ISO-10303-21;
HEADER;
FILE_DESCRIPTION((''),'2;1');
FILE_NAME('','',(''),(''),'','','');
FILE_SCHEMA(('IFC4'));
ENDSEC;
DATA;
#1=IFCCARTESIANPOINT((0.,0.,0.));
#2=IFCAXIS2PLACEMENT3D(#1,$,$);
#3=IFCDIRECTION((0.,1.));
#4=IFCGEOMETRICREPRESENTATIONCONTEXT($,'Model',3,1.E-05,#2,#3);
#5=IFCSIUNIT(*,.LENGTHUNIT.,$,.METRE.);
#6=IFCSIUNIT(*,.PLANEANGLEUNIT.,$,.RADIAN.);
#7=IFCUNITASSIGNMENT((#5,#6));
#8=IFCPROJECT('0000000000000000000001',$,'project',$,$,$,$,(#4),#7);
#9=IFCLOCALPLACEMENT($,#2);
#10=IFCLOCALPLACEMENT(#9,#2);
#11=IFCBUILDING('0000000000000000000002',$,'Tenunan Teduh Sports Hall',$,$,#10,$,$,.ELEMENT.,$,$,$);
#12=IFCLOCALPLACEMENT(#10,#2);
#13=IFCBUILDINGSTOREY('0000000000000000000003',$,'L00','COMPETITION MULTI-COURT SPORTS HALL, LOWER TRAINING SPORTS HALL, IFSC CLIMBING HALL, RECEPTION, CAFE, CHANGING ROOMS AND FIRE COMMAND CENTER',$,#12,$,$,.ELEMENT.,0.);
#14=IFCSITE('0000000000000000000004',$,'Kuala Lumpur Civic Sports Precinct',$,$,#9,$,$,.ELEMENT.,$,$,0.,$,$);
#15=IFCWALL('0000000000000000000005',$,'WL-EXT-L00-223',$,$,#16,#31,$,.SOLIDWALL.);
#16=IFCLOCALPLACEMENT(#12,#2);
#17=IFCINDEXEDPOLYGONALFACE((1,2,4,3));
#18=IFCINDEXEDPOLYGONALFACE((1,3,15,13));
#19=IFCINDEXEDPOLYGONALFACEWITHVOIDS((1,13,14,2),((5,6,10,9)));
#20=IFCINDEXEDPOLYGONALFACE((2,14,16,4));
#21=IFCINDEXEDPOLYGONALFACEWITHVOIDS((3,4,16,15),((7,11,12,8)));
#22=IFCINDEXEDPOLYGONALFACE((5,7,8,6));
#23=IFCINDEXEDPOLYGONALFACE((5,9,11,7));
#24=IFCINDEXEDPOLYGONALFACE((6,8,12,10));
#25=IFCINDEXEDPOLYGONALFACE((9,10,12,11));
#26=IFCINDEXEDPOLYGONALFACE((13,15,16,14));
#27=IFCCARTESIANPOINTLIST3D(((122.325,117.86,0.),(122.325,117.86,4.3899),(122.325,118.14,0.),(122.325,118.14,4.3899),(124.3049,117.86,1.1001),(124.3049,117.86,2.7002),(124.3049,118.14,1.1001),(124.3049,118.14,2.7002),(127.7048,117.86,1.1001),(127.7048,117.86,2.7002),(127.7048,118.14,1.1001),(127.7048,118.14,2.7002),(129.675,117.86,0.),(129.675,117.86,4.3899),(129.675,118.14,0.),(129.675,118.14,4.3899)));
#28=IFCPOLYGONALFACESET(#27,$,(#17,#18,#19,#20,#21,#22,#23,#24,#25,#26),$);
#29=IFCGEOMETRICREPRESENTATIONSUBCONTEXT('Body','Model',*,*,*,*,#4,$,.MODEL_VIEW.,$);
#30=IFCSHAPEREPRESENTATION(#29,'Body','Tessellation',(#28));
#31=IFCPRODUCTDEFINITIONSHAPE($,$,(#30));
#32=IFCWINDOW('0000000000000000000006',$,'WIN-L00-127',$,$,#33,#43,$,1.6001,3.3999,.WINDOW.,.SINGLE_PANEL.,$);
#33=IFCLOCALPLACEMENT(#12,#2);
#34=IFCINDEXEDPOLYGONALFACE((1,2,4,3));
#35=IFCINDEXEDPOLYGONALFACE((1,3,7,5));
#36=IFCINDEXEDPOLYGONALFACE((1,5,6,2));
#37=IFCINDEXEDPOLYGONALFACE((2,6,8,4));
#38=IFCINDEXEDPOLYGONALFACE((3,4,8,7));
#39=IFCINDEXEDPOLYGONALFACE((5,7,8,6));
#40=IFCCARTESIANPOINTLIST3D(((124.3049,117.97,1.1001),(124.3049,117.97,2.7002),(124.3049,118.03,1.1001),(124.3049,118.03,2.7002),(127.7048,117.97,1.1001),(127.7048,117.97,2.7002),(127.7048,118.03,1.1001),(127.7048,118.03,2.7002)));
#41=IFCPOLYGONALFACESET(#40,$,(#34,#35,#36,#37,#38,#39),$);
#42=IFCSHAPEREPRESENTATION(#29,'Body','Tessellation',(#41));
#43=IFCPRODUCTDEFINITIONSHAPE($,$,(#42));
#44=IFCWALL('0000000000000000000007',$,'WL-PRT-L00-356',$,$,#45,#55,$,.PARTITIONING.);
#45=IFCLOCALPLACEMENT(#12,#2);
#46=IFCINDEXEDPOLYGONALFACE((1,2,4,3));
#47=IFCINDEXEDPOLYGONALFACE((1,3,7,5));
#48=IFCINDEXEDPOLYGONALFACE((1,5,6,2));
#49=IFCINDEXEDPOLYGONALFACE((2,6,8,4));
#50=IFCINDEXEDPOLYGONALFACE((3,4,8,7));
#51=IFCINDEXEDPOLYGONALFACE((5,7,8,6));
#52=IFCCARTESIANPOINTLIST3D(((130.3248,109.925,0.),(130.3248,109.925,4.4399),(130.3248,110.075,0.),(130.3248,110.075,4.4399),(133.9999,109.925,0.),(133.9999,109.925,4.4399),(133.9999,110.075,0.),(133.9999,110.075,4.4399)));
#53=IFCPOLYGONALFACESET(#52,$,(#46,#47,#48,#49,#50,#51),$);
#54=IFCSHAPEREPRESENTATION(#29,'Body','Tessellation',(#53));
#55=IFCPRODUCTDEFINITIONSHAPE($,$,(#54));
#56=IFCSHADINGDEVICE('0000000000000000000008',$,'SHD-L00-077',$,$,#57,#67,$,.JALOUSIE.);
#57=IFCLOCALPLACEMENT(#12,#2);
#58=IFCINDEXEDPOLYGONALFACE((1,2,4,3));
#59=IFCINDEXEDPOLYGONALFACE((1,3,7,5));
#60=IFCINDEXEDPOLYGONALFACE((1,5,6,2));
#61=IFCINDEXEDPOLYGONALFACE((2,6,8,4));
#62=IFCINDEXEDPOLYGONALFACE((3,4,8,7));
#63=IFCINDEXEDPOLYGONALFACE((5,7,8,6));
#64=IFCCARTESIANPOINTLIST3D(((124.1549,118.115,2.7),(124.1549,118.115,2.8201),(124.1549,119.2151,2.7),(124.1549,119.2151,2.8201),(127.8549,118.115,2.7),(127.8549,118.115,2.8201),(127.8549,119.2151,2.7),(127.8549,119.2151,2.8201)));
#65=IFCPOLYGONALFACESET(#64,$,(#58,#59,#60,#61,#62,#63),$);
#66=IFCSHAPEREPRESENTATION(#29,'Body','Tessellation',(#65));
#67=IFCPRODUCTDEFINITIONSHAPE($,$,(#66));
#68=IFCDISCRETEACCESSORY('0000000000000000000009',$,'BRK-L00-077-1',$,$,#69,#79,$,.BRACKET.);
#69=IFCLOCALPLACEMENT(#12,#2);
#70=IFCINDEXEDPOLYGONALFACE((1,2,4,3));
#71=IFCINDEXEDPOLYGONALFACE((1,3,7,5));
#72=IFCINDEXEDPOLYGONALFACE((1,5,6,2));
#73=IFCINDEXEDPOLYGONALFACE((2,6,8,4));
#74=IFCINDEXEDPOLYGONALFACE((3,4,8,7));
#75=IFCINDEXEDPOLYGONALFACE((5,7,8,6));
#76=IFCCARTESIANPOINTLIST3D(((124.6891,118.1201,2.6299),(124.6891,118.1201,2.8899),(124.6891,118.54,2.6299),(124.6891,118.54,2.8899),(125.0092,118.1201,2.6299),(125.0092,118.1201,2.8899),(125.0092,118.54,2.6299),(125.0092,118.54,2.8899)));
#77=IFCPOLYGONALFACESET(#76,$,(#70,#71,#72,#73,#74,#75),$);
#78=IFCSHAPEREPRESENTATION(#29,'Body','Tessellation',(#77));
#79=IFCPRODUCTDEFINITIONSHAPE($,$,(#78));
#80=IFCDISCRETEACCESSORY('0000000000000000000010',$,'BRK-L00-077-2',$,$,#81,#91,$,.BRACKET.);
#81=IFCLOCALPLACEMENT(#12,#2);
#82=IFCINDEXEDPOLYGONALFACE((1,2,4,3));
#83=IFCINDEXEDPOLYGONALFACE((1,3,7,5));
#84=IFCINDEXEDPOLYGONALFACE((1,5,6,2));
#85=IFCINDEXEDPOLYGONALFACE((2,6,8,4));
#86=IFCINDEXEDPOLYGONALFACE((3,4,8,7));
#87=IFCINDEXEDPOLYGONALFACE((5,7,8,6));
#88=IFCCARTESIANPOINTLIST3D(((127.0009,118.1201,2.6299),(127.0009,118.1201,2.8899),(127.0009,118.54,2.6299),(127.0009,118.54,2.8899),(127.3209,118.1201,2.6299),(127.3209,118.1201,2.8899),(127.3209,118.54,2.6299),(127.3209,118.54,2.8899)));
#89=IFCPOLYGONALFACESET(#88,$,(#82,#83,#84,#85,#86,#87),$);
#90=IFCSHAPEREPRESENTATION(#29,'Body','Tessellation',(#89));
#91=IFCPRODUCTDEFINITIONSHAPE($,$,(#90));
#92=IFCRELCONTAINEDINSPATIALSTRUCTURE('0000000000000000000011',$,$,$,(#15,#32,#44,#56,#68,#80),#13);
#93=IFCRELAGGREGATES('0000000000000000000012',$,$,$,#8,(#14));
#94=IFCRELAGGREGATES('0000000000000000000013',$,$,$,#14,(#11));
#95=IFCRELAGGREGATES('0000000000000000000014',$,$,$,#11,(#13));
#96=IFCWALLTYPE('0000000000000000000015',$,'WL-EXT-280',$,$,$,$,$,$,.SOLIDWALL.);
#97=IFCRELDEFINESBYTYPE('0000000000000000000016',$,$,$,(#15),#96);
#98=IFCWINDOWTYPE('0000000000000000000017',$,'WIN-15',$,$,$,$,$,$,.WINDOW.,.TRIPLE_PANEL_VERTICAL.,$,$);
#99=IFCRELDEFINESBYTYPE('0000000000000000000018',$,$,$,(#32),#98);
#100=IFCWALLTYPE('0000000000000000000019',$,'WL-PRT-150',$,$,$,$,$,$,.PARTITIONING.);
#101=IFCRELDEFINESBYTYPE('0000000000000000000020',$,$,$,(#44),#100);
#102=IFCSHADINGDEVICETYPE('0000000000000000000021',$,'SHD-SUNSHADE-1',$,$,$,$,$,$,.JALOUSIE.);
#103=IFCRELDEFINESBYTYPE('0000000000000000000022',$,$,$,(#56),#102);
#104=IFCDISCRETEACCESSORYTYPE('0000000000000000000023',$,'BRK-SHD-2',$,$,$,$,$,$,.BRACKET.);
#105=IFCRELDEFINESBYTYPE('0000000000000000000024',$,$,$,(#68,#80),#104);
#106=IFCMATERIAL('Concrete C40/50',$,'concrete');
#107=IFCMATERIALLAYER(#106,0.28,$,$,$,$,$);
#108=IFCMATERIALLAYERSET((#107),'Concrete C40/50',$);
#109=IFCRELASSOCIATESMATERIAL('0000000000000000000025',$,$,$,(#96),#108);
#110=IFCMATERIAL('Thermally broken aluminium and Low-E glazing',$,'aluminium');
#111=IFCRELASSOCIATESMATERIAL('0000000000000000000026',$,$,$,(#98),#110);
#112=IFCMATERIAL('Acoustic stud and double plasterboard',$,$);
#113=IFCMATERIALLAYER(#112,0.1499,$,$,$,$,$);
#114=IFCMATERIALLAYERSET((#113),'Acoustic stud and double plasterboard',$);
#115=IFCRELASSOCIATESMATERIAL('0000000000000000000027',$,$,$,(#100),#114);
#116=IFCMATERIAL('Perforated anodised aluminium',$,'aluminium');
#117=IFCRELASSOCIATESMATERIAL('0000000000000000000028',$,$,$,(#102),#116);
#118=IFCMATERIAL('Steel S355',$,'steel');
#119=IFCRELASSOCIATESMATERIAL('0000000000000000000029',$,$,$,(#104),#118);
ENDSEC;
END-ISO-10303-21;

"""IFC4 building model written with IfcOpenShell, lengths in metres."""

from ifc_helpers import new_model, si_unit, direction, frame, frame_2d, origin, origin_2d, place, context, subcontext, project, spatial, rectangle, extrude, material, layer, layer_set, type_object, element, fill, save


model = new_model("IFC4")

# Units and contexts
model_context = context("Model", 3, precision=1e-05, world=origin(), true_north=direction((0.0, 1.0)))
body_context = subcontext(model_context, "Body", "Model", "MODEL_VIEW")
ifc_project = project(units=[si_unit("LENGTHUNIT", "METRE"), si_unit("PLANEANGLEUNIT", "RADIAN")], contexts=[model_context])

# Site, building, storey
site_placement = place(None, origin())
site = spatial("IfcSite", under=ifc_project, at=site_placement, Name="Kuala Lumpur Civic Sports Precinct", CompositionType="ELEMENT", RefElevation=0.0)
building_placement = place(site_placement, origin())
building = spatial("IfcBuilding", under=site, at=building_placement, Name="Tenunan Teduh Sports Hall", CompositionType="ELEMENT")
storey_placement = place(building_placement, origin())
storey = spatial("IfcBuildingStorey", under=building, at=storey_placement, Name="L00", Description="COMPETITION MULTI-COURT SPORTS HALL, LOWER TRAINING SPORTS HALL, IFSC CLIMBING HALL, RECEPTION, CAFE, CHANGING ROOMS AND FIRE COMMAND CENTER", CompositionType="ELEMENT", Elevation=0.0)

# Wall, opening, window
ifc_material_1 = material(Name="Concrete C40/50", Category="concrete")
ifc_layer_1 = layer(ifc_material_1, 0.28)
ifc_layer_set_1 = layer_set([ifc_layer_1], Name="Concrete C40/50")
wall_type_1 = type_object("IfcWallType", Name="WL-EXT-280", PredefinedType="SOLIDWALL", material=ifc_layer_set_1)
wall_1_placement = place(storey_placement, frame((122.325, 118.0, 0.0), z_axis=(0.0, 0.0, 1.0), x_axis=(1.0, 0.0, 0.0)))
wall_1 = element("IfcWall", 1, at=wall_1_placement, inside=storey, type_object=wall_type_1, Name="WL-EXT-L00-223", PredefinedType="SOLIDWALL", context=body_context, shape_type="SweptSolid", body=[
    extrude(rectangle(XDim=7.3501, YDim=0.28, at=frame_2d((3.675, 0.0))), origin(), (0.0, 0.0, 1.0), 4.3899),
])
opening_placement = place(wall_1_placement, frame((1.98, 0.0, 1.1001)))
opening = element("IfcOpeningElement", 2, at=opening_placement, cuts=wall_1, PredefinedType="OPENING", context=body_context, shape_type="SweptSolid", body=[
    extrude(rectangle(XDim=3.3999, YDim=1.6001, at=frame_2d((1.7, 0.8))), frame((0.0, 0.1499, 0.0), z_axis=(0.0, -1.0, 0.0), x_axis=(1.0, 0.0, 0.0)), (0.0, 0.0, 1.0), 0.3),
])
ifc_material_2 = material(Name="Thermally broken aluminium and Low-E glazing", Category="aluminium")
window_type = type_object("IfcWindowType", Name="WIN-15", PartitioningType="TRIPLE_PANEL_VERTICAL", PredefinedType="WINDOW", material=ifc_material_2)
window_placement = place(opening_placement, origin())
window = element("IfcWindow", 3, at=window_placement, inside=storey, type_object=window_type, Name="WIN-L00-127", OverallHeight=1.6001, OverallWidth=3.3999, PartitioningType="SINGLE_PANEL", PredefinedType="WINDOW", context=body_context, shape_type="SweptSolid", body=[
    extrude(rectangle(XDim=3.3999, YDim=1.6001, at=frame_2d((1.7, 0.8))), frame((0.0, 0.03, 0.0), z_axis=(0.0, -1.0, 0.0), x_axis=(1.0, 0.0, 0.0)), (0.0, 0.0, 1.0), 0.0601),
])
fill(opening, window)

# Wall
ifc_material_3 = material(Name="Acoustic stud and double plasterboard")
ifc_layer_2 = layer(ifc_material_3, 0.1499)
ifc_layer_set_2 = layer_set([ifc_layer_2], Name="Acoustic stud and double plasterboard")
wall_type_2 = type_object("IfcWallType", Name="WL-PRT-150", PredefinedType="PARTITIONING", material=ifc_layer_set_2)
wall_2_placement = place(storey_placement, frame((130.325, 110.0, 0.0), z_axis=(0.0, 0.0, 1.0), x_axis=(1.0, 0.0, 0.0)))
element("IfcWall", 4, at=wall_2_placement, inside=storey, type_object=wall_type_2, Name="WL-PRT-L00-356", PredefinedType="PARTITIONING", context=body_context, shape_type="SweptSolid", body=[
    extrude(rectangle(XDim=3.675, YDim=0.1499, at=frame_2d((1.8374, 0.0))), origin(), (0.0, 0.0, 1.0), 4.4399),
])

# Shading device
ifc_material_4 = material(Name="Perforated anodised aluminium", Category="aluminium")
shading_device_type = type_object("IfcShadingDeviceType", Name="SHD-SUNSHADE-1", PredefinedType="JALOUSIE", material=ifc_material_4)
shading_device_placement = place(storey_placement, frame((126.0049, 118.665, 2.7), z_axis=(0.0, 0.0, 1.0), x_axis=(1.0, 0.0, 0.0)))
element("IfcShadingDevice", 5, at=shading_device_placement, inside=storey, type_object=shading_device_type, Name="SHD-L00-077", PredefinedType="JALOUSIE", context=body_context, shape_type="SweptSolid", body=[
    extrude(rectangle(XDim=3.7, YDim=1.1001, at=origin_2d()), origin(), (0.0, 0.0, 1.0), 0.1201),
])

# Discrete accessories
ifc_material_5 = material(Name="Steel S355", Category="steel")
discrete_accessory_type = type_object("IfcDiscreteAccessoryType", Name="BRK-SHD-2", PredefinedType="BRACKET", material=ifc_material_5)
for number, where, z_axis, x_axis, name in (
    (6, (124.8491, 118.3301, 2.6299), (0.0, 0.0, 1.0), (1.0, 0.0, 0.0), "BRK-L00-077-1"),
    (7, (127.1609, 118.3301, 2.6299), (0.0, 0.0, 1.0), (1.0, 0.0, 0.0), "BRK-L00-077-2"),
):
    element("IfcDiscreteAccessory", number, at=place(storey_placement, frame(where, z_axis=z_axis, x_axis=x_axis)), inside=storey, type_object=discrete_accessory_type, Name=name, PredefinedType="BRACKET", context=body_context, shape_type="SweptSolid", body=[
        extrude(rectangle(XDim=0.3201, YDim=0.4199, at=origin_2d()), origin(), (0.0, 0.0, 1.0), 0.26),
    ])

save(model, "model.ifc")
